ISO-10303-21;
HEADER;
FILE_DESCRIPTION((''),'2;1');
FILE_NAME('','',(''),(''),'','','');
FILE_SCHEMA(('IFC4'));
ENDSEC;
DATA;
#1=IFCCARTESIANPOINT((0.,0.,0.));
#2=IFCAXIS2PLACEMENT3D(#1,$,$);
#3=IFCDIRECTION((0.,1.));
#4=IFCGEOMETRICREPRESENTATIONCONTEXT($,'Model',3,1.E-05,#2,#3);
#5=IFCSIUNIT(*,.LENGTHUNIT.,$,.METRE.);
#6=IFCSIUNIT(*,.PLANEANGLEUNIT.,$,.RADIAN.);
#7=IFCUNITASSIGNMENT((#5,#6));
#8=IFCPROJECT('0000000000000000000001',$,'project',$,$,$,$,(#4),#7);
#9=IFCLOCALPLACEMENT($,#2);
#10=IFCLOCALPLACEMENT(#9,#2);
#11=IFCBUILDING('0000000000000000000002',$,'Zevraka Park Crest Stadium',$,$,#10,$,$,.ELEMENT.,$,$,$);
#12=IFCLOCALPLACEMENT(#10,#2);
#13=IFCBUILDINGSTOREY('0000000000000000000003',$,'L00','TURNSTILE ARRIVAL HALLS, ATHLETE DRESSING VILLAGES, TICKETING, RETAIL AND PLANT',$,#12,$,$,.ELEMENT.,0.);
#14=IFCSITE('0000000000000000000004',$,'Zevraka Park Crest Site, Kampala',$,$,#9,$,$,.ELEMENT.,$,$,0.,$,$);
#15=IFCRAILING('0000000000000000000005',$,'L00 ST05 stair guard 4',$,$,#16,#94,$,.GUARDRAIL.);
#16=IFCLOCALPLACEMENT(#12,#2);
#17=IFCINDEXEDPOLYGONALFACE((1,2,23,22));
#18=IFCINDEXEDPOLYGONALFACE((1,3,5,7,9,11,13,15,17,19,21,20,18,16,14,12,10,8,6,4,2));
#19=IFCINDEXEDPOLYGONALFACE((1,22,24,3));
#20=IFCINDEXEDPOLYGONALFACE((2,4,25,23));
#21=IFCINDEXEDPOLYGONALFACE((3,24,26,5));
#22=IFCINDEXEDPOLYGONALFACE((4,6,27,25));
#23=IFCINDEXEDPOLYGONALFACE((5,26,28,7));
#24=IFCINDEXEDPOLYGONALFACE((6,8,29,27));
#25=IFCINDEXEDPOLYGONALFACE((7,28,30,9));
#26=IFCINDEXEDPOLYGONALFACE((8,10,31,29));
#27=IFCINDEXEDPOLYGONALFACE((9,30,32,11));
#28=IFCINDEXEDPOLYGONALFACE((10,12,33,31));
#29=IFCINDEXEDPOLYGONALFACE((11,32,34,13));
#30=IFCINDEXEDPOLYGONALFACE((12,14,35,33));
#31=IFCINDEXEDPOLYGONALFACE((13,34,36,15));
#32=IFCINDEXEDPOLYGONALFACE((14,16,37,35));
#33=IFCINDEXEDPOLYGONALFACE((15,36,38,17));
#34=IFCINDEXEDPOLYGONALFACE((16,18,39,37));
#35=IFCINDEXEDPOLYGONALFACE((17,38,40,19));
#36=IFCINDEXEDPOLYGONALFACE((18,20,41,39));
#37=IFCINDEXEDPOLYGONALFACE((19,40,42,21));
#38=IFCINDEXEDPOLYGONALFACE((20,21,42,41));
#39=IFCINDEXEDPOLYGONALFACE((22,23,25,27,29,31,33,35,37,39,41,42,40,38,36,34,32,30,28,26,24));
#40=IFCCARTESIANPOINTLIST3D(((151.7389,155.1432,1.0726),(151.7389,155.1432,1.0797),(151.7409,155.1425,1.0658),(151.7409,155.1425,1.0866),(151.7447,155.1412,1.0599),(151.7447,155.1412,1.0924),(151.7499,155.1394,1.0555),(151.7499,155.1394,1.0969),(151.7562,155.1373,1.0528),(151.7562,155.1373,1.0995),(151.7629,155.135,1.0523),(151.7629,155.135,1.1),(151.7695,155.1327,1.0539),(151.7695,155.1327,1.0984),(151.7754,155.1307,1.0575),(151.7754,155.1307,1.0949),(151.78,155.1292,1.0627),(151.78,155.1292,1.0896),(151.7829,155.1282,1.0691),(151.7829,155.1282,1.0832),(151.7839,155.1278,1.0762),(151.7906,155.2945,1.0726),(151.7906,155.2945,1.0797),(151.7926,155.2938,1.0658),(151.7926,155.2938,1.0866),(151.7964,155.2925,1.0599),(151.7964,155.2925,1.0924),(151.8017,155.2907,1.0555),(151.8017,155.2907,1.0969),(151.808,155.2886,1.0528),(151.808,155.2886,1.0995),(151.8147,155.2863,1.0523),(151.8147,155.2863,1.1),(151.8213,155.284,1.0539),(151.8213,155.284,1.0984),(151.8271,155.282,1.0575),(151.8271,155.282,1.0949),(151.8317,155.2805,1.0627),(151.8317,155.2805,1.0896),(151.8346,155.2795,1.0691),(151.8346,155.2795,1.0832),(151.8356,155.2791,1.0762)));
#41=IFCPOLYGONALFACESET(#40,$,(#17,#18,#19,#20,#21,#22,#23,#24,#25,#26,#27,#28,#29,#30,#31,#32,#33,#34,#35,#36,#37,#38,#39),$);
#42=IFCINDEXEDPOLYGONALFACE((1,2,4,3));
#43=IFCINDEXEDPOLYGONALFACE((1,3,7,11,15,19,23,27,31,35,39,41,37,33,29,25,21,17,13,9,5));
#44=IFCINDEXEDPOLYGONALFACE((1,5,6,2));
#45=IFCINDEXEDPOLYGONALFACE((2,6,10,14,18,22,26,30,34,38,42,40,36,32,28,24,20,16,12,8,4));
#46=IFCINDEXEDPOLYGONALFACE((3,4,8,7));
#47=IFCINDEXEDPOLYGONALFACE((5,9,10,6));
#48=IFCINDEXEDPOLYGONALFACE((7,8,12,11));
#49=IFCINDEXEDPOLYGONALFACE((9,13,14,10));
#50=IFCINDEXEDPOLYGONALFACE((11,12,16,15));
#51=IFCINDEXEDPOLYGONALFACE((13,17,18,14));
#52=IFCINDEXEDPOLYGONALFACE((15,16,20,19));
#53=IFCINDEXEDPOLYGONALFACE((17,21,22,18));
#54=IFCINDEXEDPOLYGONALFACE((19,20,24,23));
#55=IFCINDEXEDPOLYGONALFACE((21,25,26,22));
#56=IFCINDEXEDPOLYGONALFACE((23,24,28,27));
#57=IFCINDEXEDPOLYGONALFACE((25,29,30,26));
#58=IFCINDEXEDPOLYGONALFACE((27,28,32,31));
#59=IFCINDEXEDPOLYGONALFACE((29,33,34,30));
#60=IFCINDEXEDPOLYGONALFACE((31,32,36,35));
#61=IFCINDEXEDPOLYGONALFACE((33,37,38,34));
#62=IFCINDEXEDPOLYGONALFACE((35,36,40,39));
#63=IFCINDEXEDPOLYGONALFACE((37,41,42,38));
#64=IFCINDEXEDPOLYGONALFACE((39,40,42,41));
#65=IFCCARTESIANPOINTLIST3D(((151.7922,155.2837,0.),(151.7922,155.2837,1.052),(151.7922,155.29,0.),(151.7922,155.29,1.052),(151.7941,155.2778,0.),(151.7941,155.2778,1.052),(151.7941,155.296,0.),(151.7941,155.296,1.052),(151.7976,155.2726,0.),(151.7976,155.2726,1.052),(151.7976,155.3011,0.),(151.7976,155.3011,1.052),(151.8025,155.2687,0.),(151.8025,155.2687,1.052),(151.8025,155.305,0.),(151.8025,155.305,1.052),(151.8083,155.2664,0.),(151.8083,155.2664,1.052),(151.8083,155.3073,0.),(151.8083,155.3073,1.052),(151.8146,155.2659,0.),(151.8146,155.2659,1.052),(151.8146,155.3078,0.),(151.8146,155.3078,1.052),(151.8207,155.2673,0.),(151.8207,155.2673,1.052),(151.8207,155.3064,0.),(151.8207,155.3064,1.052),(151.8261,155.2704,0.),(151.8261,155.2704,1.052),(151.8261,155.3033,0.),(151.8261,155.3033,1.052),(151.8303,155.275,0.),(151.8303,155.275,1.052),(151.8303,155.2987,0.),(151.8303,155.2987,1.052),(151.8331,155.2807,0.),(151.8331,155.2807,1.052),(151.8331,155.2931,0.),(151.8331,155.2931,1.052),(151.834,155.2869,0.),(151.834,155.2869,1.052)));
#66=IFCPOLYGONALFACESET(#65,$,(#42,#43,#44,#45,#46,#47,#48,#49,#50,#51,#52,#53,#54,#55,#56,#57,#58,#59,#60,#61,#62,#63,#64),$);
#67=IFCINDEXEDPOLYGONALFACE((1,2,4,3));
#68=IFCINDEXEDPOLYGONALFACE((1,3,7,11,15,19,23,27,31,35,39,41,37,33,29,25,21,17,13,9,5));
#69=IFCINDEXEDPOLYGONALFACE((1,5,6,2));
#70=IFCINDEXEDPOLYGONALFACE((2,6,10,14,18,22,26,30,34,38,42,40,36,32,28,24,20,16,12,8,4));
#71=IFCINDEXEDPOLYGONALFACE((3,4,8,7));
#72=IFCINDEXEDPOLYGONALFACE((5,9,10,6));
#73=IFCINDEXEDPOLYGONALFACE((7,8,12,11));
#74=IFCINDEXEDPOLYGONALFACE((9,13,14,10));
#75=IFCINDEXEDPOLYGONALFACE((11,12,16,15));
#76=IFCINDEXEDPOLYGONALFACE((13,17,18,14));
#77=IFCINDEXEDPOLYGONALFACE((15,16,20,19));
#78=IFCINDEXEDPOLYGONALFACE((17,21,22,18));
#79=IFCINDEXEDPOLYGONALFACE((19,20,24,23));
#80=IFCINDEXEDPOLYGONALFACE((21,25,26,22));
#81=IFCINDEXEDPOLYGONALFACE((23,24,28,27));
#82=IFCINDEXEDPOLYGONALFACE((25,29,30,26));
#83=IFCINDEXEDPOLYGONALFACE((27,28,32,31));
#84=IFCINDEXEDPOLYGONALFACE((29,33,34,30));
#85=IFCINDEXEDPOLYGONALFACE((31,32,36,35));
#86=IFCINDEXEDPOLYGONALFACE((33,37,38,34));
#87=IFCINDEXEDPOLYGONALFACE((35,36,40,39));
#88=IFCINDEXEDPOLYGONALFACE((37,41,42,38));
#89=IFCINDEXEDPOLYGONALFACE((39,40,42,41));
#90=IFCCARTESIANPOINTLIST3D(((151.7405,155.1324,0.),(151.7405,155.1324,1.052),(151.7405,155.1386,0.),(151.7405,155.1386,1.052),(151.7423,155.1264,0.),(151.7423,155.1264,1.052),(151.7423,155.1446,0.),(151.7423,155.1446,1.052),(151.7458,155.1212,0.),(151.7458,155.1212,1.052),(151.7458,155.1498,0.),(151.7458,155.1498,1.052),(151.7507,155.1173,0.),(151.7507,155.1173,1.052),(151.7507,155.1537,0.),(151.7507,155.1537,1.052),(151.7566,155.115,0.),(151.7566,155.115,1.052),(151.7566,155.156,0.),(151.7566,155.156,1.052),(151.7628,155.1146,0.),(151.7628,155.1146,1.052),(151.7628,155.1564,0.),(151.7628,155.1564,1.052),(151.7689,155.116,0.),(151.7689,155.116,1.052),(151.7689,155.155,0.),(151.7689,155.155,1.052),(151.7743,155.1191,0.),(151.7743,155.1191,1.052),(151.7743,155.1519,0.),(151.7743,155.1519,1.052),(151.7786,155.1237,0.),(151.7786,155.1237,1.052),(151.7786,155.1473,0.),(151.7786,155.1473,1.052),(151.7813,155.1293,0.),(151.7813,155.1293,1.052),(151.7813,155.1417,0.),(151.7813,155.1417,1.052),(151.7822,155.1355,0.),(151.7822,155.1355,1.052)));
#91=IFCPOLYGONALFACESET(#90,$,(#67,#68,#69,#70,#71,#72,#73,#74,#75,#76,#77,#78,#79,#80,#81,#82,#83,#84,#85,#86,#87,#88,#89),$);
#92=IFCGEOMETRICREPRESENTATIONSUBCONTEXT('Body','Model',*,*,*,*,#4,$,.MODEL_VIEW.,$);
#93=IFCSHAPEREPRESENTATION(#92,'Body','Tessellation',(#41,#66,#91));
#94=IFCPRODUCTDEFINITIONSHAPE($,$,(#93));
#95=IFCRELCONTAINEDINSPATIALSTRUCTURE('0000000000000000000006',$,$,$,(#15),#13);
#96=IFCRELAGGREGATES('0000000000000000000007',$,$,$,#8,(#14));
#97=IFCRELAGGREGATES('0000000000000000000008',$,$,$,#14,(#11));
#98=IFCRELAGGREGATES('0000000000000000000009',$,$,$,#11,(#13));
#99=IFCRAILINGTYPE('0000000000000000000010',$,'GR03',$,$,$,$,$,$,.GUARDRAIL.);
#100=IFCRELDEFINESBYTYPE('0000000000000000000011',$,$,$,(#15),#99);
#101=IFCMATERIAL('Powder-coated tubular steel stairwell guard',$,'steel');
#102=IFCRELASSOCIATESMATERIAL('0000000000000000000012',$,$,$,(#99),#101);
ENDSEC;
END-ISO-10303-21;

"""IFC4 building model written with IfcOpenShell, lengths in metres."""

from ifc_helpers import new_model, si_unit, direction, frame, origin, origin_2d, place, context, subcontext, project, spatial, circle, extrude, material, type_object, element, save


model = new_model("IFC4")

# Units and contexts
model_context = context("Model", 3, precision=1e-05, world=origin(), true_north=direction((0.0, 1.0)))
body_context = subcontext(model_context, "Body", "Model", "MODEL_VIEW")
ifc_project = project(units=[si_unit("LENGTHUNIT", "METRE"), si_unit("PLANEANGLEUNIT", "RADIAN")], contexts=[model_context])

# Site, building, storey
site_placement = place(None, origin())
site = spatial("IfcSite", under=ifc_project, at=site_placement, Name="Zevraka Park Crest Site, Kampala", CompositionType="ELEMENT", RefElevation=0.0)
building_placement = place(site_placement, origin())
building = spatial("IfcBuilding", under=site, at=building_placement, Name="Zevraka Park Crest Stadium", CompositionType="ELEMENT")
storey_placement = place(building_placement, origin())
storey = spatial("IfcBuildingStorey", under=building, at=storey_placement, Name="L00", Description="TURNSTILE ARRIVAL HALLS, ATHLETE DRESSING VILLAGES, TICKETING, RETAIL AND PLANT", CompositionType="ELEMENT", Elevation=0.0)

# Railing
ifc_material_1 = material(Name="Powder-coated tubular steel stairwell guard", Category="steel")
railing_type_1 = type_object("IfcRailingType", Name="GR03", PredefinedType="GUARDRAIL", material=ifc_material_1)
railing_1_placement = place(storey_placement, frame((151.813, 155.2869, 0.0)))
element("IfcRailing", 1, at=railing_1_placement, inside=storey, type_object=railing_type_1, Name="L00 ST05 stair guard 4", PredefinedType="GUARDRAIL", context=body_context, shape_type="SweptSolid", body=[
    extrude(circle(Radius=0.0239, at=origin_2d()), frame((0.0, 0.0, 1.0762), z_axis=(-0.323544, -0.946213, 0.0), x_axis=(0.946213, -0.323544, 0.0)), (0.0, 0.0, 1.0), 0.1599),
    extrude(circle(Radius=0.021, at=origin_2d()), origin(), (0.0, 0.0, 1.0), 1.052),
    extrude(circle(Radius=0.021, at=origin_2d()), frame((-0.0518, -0.1514, 0.0)), (0.0, 0.0, 1.0), 1.052),
])

save(model, "model.ifc")
